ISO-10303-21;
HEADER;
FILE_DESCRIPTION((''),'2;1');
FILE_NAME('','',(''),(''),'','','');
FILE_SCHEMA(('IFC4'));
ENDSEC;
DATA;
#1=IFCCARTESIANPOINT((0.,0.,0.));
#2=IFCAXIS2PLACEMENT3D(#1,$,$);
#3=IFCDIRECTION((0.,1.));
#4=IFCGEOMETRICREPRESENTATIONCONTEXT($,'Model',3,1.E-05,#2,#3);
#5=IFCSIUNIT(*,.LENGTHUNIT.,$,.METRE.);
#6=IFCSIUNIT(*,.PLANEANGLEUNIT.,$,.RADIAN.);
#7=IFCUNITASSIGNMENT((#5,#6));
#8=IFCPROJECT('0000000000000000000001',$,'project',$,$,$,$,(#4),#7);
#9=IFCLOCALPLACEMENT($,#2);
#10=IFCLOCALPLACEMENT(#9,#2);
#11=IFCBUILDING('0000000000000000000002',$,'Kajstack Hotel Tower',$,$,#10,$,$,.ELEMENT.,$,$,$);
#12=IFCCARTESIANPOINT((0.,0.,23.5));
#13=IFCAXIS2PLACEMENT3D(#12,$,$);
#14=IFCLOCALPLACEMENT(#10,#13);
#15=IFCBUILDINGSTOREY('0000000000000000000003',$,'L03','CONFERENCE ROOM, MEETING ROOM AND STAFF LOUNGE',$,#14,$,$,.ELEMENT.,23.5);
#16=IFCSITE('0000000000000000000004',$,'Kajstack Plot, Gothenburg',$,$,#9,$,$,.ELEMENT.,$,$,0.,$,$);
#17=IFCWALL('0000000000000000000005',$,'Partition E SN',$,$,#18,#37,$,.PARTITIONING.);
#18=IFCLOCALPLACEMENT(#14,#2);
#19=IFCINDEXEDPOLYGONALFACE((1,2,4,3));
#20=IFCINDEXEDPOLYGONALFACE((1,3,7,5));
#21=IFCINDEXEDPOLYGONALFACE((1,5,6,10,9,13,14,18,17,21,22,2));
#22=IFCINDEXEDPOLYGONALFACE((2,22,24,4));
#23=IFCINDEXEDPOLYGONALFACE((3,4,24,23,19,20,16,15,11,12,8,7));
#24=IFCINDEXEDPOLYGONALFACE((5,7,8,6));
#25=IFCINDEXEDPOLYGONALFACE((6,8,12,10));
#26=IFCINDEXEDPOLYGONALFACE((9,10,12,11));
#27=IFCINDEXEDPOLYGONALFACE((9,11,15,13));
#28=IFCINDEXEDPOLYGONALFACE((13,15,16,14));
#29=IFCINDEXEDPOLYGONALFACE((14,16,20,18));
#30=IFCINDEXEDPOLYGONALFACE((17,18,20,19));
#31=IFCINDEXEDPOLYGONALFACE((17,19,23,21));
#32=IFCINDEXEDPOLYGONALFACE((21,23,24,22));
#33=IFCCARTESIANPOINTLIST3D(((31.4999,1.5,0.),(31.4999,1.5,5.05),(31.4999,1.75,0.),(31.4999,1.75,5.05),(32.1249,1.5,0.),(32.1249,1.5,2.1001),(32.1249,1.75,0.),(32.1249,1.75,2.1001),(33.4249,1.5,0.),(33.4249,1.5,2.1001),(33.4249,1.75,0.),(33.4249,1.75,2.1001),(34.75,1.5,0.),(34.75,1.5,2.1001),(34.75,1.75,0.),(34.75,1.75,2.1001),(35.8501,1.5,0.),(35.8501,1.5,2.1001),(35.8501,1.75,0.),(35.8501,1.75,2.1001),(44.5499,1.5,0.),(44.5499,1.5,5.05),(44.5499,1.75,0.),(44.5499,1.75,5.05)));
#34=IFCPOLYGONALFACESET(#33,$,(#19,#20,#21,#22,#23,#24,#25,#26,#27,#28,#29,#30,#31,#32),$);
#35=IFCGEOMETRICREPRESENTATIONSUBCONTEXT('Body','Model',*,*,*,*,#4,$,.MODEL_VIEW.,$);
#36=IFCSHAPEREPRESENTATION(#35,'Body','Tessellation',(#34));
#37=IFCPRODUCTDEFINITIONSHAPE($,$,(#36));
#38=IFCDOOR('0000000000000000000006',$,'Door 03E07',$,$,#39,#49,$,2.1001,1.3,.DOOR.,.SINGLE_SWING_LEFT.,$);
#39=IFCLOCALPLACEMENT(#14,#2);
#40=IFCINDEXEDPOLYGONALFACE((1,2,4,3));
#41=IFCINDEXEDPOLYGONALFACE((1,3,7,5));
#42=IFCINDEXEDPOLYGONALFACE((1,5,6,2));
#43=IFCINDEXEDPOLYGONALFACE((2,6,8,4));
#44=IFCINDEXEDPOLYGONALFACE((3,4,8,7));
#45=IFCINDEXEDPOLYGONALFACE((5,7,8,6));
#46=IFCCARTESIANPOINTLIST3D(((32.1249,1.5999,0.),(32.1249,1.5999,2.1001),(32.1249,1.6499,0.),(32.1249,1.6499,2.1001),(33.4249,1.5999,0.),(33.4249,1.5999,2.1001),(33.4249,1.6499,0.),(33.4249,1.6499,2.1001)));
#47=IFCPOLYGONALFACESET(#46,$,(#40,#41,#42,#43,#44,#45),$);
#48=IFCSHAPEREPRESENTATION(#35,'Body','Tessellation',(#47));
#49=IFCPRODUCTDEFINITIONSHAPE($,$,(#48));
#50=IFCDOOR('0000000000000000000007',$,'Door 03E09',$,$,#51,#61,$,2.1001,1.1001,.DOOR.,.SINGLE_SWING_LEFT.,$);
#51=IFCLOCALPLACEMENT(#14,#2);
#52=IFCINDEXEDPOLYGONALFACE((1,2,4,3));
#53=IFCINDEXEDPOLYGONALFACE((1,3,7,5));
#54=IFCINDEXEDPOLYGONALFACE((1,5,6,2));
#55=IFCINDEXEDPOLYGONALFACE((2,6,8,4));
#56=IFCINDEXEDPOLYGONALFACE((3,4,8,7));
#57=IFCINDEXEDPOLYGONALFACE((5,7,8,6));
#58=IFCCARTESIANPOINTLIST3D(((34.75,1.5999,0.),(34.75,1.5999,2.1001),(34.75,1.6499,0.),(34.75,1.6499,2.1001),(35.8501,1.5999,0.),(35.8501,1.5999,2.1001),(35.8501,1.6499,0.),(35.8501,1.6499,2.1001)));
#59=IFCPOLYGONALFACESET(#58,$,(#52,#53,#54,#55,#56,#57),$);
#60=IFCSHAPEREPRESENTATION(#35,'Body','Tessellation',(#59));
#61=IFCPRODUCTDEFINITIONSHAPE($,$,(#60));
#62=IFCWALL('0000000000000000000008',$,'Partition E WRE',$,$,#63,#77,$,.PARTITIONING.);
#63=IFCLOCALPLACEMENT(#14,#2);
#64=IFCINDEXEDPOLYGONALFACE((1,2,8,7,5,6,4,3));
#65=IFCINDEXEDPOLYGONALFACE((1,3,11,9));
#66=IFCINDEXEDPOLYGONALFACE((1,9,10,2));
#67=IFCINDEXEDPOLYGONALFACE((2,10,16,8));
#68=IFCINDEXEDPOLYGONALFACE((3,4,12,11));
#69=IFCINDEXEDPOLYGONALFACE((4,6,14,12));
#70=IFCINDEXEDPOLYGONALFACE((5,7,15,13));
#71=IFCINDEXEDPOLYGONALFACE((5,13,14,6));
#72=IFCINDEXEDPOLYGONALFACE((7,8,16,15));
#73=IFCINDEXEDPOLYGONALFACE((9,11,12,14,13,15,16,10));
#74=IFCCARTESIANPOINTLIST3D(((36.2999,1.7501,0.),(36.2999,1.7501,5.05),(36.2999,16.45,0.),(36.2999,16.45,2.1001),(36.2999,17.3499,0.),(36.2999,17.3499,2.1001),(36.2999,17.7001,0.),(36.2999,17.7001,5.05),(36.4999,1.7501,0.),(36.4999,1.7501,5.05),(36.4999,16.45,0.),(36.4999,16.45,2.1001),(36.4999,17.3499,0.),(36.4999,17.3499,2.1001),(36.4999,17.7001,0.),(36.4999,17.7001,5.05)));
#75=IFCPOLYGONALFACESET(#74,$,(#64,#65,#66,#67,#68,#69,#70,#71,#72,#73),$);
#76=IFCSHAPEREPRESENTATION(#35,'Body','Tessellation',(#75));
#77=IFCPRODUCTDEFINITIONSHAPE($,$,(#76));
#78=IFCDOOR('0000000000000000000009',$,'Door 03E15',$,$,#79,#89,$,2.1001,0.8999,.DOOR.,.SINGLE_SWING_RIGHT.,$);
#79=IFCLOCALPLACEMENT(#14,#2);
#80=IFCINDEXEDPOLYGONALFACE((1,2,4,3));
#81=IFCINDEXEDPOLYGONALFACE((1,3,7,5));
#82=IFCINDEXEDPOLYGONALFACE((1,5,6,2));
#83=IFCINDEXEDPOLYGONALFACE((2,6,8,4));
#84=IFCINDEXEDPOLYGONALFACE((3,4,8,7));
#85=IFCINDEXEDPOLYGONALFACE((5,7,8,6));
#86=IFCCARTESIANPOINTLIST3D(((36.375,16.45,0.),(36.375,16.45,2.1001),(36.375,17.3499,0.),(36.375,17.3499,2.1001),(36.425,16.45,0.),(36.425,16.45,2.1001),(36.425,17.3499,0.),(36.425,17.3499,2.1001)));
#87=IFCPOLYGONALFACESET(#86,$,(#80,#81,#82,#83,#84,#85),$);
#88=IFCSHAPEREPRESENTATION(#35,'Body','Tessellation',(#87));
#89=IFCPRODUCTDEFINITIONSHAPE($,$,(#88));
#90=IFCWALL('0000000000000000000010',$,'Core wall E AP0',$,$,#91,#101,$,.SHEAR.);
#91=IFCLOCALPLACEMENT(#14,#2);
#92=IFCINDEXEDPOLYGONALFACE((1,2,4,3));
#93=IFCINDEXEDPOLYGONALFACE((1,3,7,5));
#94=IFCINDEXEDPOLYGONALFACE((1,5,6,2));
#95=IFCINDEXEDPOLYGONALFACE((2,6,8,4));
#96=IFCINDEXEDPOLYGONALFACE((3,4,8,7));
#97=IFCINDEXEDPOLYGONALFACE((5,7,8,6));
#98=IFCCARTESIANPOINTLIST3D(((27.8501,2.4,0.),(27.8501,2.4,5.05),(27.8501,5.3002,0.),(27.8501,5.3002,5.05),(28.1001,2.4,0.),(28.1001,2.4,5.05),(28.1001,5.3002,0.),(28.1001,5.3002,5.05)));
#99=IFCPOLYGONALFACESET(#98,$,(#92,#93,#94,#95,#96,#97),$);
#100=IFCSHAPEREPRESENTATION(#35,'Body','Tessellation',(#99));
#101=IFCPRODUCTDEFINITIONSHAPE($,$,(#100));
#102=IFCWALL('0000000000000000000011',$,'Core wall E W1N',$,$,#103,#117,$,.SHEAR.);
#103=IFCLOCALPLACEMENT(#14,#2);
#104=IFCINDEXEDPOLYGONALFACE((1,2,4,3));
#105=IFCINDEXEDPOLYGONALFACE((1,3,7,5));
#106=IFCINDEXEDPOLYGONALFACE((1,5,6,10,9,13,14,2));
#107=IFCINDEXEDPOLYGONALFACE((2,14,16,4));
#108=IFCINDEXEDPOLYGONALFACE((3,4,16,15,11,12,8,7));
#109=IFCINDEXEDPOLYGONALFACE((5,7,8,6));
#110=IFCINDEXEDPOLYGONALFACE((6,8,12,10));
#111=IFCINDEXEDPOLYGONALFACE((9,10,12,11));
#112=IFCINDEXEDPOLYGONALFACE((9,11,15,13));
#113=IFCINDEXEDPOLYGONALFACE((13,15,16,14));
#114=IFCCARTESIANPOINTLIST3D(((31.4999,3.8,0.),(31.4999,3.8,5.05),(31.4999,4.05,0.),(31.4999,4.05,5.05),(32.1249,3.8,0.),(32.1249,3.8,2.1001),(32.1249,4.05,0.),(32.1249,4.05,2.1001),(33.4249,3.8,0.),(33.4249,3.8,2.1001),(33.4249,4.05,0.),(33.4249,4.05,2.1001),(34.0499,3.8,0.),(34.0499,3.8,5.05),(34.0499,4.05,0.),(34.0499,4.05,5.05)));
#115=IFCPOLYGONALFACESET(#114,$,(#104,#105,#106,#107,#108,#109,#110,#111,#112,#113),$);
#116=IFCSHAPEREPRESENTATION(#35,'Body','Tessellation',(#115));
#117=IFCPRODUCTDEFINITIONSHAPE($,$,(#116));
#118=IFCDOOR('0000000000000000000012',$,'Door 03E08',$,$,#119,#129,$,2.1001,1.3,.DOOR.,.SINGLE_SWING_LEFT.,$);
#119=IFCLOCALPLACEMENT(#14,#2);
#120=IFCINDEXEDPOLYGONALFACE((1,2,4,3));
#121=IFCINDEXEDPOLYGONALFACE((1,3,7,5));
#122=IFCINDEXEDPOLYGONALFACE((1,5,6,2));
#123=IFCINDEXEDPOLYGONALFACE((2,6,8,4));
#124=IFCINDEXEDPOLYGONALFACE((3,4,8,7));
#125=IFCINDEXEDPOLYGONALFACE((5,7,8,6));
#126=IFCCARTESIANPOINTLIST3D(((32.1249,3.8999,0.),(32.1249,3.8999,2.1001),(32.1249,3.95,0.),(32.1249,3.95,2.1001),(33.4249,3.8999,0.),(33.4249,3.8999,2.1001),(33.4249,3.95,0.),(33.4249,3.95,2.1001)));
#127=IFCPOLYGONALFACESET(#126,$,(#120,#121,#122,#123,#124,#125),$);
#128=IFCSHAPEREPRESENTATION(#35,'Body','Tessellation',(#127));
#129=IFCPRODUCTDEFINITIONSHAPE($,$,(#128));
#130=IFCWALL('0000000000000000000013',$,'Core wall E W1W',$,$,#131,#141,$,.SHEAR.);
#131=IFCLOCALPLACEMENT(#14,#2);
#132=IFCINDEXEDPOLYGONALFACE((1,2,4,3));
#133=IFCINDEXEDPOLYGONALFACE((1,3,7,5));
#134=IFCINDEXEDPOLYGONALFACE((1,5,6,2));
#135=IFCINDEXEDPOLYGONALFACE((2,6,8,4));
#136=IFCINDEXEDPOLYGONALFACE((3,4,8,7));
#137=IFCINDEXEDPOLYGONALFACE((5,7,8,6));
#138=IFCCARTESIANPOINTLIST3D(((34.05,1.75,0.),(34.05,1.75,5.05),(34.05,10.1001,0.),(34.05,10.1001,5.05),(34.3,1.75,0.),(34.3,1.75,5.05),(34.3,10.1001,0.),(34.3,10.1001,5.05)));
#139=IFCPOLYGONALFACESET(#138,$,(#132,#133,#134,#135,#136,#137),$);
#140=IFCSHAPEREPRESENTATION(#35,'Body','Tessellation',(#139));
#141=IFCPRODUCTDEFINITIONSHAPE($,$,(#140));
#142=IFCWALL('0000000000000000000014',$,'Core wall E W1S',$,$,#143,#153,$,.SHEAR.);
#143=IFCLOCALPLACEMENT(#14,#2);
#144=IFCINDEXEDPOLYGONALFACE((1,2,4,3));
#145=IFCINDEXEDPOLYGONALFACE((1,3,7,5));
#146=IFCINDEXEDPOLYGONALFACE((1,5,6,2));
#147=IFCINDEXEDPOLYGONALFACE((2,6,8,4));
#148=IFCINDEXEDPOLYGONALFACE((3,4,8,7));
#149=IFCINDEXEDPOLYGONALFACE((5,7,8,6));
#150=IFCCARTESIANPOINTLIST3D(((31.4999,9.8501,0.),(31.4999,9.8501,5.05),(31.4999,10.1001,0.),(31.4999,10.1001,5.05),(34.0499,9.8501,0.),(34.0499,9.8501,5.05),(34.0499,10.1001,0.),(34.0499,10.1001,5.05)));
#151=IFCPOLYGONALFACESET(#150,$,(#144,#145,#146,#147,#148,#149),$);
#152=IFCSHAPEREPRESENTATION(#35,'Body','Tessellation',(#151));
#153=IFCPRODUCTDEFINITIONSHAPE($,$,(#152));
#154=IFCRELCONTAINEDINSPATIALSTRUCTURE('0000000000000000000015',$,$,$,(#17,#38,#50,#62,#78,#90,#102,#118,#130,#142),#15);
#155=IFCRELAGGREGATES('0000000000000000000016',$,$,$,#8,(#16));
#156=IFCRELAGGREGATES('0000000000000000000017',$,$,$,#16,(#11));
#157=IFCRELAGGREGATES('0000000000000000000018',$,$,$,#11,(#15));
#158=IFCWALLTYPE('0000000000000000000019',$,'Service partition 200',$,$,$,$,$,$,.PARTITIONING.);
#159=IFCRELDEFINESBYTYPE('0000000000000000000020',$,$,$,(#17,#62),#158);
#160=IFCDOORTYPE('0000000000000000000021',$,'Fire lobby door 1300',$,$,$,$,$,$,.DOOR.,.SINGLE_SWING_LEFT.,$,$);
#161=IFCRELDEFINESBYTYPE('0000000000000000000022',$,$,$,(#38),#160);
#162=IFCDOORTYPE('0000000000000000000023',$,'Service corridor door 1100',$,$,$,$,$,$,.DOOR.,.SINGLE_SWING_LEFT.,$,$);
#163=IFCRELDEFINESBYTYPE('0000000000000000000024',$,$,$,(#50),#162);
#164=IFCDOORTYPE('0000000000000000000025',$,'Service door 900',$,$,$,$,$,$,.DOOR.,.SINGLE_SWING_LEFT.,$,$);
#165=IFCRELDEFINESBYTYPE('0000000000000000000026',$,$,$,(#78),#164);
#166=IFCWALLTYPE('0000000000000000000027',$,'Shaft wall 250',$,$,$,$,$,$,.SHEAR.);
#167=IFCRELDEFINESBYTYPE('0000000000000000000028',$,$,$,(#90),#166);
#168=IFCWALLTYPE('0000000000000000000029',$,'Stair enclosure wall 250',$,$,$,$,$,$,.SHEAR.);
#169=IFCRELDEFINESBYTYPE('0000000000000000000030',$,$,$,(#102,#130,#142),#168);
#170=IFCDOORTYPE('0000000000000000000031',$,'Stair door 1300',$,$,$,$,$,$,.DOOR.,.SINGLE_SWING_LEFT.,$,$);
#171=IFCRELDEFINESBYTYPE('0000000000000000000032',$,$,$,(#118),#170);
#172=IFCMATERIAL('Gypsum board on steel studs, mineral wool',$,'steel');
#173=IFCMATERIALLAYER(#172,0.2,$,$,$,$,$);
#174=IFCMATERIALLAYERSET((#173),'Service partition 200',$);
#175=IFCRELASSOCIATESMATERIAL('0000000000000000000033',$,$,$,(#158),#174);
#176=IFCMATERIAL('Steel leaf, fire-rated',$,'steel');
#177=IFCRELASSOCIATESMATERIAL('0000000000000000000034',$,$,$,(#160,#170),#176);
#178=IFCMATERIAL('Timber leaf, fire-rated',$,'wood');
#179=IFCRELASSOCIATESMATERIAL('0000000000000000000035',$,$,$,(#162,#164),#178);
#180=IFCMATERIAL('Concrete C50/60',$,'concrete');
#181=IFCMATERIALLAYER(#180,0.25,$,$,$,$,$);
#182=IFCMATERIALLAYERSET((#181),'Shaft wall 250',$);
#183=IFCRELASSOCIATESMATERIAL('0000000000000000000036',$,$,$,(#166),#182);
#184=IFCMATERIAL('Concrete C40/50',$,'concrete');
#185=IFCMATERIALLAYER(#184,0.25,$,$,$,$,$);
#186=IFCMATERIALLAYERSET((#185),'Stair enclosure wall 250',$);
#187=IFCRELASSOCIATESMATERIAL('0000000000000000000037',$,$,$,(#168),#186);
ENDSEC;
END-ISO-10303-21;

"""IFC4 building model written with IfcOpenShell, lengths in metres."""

from ifc_helpers import new_model, si_unit, direction, frame, frame_2d, origin, place, context, subcontext, project, spatial, rectangle, extrude, material, layer, layer_set, type_object, element, fill, save


model = new_model("IFC4")

# Units and contexts
model_context = context("Model", 3, precision=1e-05, world=origin(), true_north=direction((0.0, 1.0)))
body_context = subcontext(model_context, "Body", "Model", "MODEL_VIEW")
ifc_project = project(units=[si_unit("LENGTHUNIT", "METRE"), si_unit("PLANEANGLEUNIT", "RADIAN")], contexts=[model_context])

# Site, building, storey
site_placement = place(None, origin())
site = spatial("IfcSite", under=ifc_project, at=site_placement, Name="Kajstack Plot, Gothenburg", CompositionType="ELEMENT", RefElevation=0.0)
building_placement = place(site_placement, origin())
building = spatial("IfcBuilding", under=site, at=building_placement, Name="Kajstack Hotel Tower", CompositionType="ELEMENT")
storey_placement = place(building_placement, frame((0.0, 0.0, 23.5)))
storey = spatial("IfcBuildingStorey", under=building, at=storey_placement, Name="L03", Description="CONFERENCE ROOM, MEETING ROOM AND STAFF LOUNGE", CompositionType="ELEMENT", Elevation=23.5)

# Shared definitions
ifc_material_1 = material(Name="Concrete C50/60", Category="concrete")

# Shared definitions
ifc_material_2 = material(Name="Concrete C40/50", Category="concrete")

# Wall, openings, doors
ifc_material_3 = material(Name="Gypsum board on steel studs, mineral wool", Category="steel")
ifc_layer_1 = layer(ifc_material_3, 0.2)
ifc_layer_set_1 = layer_set([ifc_layer_1], Name="Service partition 200")
wall_type_1 = type_object("IfcWallType", Name="Service partition 200", PredefinedType="PARTITIONING", material=ifc_layer_set_1)
wall_1_placement = place(storey_placement, frame((31.5, 1.625, 0.0), z_axis=(0.0, 0.0, 1.0), x_axis=(1.0, 0.0, 0.0)))
wall_1 = element("IfcWall", 1, at=wall_1_placement, inside=storey, type_object=wall_type_1, Name="Partition E SN", PredefinedType="PARTITIONING", context=body_context, shape_type="SweptSolid", body=[
    extrude(rectangle(XDim=13.05, YDim=0.25, at=frame_2d((6.5249, 0.0))), origin(), (0.0, 0.0, 1.0), 5.05),
])
opening_1_placement = place(wall_1_placement, frame((0.625, 0.0, 0.0)))
opening_1 = element("IfcOpeningElement", 2, at=opening_1_placement, cuts=wall_1, PredefinedType="OPENING", context=body_context, shape_type="SweptSolid", body=[
    extrude(rectangle(XDim=1.3, YDim=2.1001, at=frame_2d((0.6499, 1.05))), frame((0.0, 0.135, 0.0), z_axis=(0.0, -1.0, 0.0), x_axis=(1.0, 0.0, 0.0)), (0.0, 0.0, 1.0), 0.27),
])
opening_2_placement = place(wall_1_placement, frame((3.25, 0.0, 0.0)))
opening_2 = element("IfcOpeningElement", 3, at=opening_2_placement, cuts=wall_1, PredefinedType="OPENING", context=body_context, shape_type="SweptSolid", body=[
    extrude(rectangle(XDim=1.1001, YDim=2.1001, at=frame_2d((0.55, 1.05))), frame((0.0, 0.135, 0.0), z_axis=(0.0, -1.0, 0.0), x_axis=(1.0, 0.0, 0.0)), (0.0, 0.0, 1.0), 0.27),
])
ifc_material_4 = material(Name="Steel leaf, fire-rated", Category="steel")
door_type_1 = type_object("IfcDoorType", Name="Fire lobby door 1300", OperationType="SINGLE_SWING_LEFT", PredefinedType="DOOR", material=ifc_material_4)
door_1_placement = place(opening_1_placement, origin())
door_1 = element("IfcDoor", 4, at=door_1_placement, inside=storey, type_object=door_type_1, Name="Door 03E07", OperationType="SINGLE_SWING_LEFT", OverallHeight=2.1001, OverallWidth=1.3, PredefinedType="DOOR", context=body_context, shape_type="SweptSolid", body=[
    extrude(rectangle(XDim=1.3, YDim=2.1001, at=frame_2d((0.6499, 1.05))), frame((0.0, 0.0249, 0.0), z_axis=(0.0, -1.0, 0.0), x_axis=(1.0, 0.0, 0.0)), (0.0, 0.0, 1.0), 0.05),
])
fill(opening_1, door_1)
ifc_material_5 = material(Name="Timber leaf, fire-rated", Category="wood")
door_type_2 = type_object("IfcDoorType", Name="Service corridor door 1100", OperationType="SINGLE_SWING_LEFT", PredefinedType="DOOR", material=ifc_material_5)
door_2_placement = place(opening_2_placement, origin())
door_2 = element("IfcDoor", 5, at=door_2_placement, inside=storey, type_object=door_type_2, Name="Door 03E09", OperationType="SINGLE_SWING_LEFT", OverallHeight=2.1001, OverallWidth=1.1001, PredefinedType="DOOR", context=body_context, shape_type="SweptSolid", body=[
    extrude(rectangle(XDim=1.1001, YDim=2.1001, at=frame_2d((0.55, 1.05))), frame((0.0, 0.0249, 0.0), z_axis=(0.0, -1.0, 0.0), x_axis=(1.0, 0.0, 0.0)), (0.0, 0.0, 1.0), 0.05),
])
fill(opening_2, door_2)

# Wall, opening, door
wall_2_placement = place(storey_placement, frame((36.3999, 1.75, 0.0), z_axis=(0.0, 0.0, 1.0), x_axis=(0.0, 1.0, 0.0)))
wall_2 = element("IfcWall", 6, at=wall_2_placement, inside=storey, type_object=wall_type_1, Name="Partition E WRE", PredefinedType="PARTITIONING", context=body_context, shape_type="SweptSolid", body=[
    extrude(rectangle(XDim=15.95, YDim=0.2, at=frame_2d((7.9751, 0.0))), origin(), (0.0, 0.0, 1.0), 5.05),
])
opening_3_placement = place(wall_2_placement, frame((14.7, 0.0, 0.0)))
opening_3 = element("IfcOpeningElement", 7, at=opening_3_placement, cuts=wall_2, PredefinedType="OPENING", context=body_context, shape_type="SweptSolid", body=[
    extrude(rectangle(XDim=0.8999, YDim=2.1001, at=frame_2d((0.45, 1.05))), frame((0.0, 0.1099, 0.0), z_axis=(0.0, -1.0, 0.0), x_axis=(1.0, 0.0, 0.0)), (0.0, 0.0, 1.0), 0.22),
])
door_type_3 = type_object("IfcDoorType", Name="Service door 900", OperationType="SINGLE_SWING_LEFT", PredefinedType="DOOR", material=ifc_material_5)
door_3_placement = place(opening_3_placement, origin())
door_3 = element("IfcDoor", 8, at=door_3_placement, inside=storey, type_object=door_type_3, Name="Door 03E15", OperationType="SINGLE_SWING_RIGHT", OverallHeight=2.1001, OverallWidth=0.8999, PredefinedType="DOOR", context=body_context, shape_type="SweptSolid", body=[
    extrude(rectangle(XDim=0.8999, YDim=2.1001, at=frame_2d((0.45, 1.05))), frame((0.0, 0.0249, 0.0), z_axis=(0.0, -1.0, 0.0), x_axis=(1.0, 0.0, 0.0)), (0.0, 0.0, 1.0), 0.05),
])
fill(opening_3, door_3)

# Wall
ifc_layer_2 = layer(ifc_material_1, 0.25)
ifc_layer_set_2 = layer_set([ifc_layer_2], Name="Shaft wall 250")
wall_type_2 = type_object("IfcWallType", Name="Shaft wall 250", PredefinedType="SHEAR", material=ifc_layer_set_2)
wall_3_placement = place(storey_placement, frame((27.9751, 2.3999, 0.0), z_axis=(0.0, 0.0, 1.0), x_axis=(0.0, 1.0, 0.0)))
element("IfcWall", 9, at=wall_3_placement, inside=storey, type_object=wall_type_2, Name="Core wall E AP0", PredefinedType="SHEAR", context=body_context, shape_type="SweptSolid", body=[
    extrude(rectangle(XDim=2.9001, YDim=0.25, at=frame_2d((1.4502, 0.0))), origin(), (0.0, 0.0, 1.0), 5.05),
])

# Wall, opening, door
ifc_layer_3 = layer(ifc_material_2, 0.25)
ifc_layer_set_3 = layer_set([ifc_layer_3], Name="Stair enclosure wall 250")
wall_type_3 = type_object("IfcWallType", Name="Stair enclosure wall 250", PredefinedType="SHEAR", material=ifc_layer_set_3)
wall_4_placement = place(storey_placement, frame((31.5, 3.925, 0.0), z_axis=(0.0, 0.0, 1.0), x_axis=(1.0, 0.0, 0.0)))
wall_4 = element("IfcWall", 10, at=wall_4_placement, inside=storey, type_object=wall_type_3, Name="Core wall E W1N", PredefinedType="SHEAR", context=body_context, shape_type="SweptSolid", body=[
    extrude(rectangle(XDim=2.55, YDim=0.25, at=frame_2d((1.2749, 0.0))), origin(), (0.0, 0.0, 1.0), 5.05),
])
opening_4_placement = place(wall_4_placement, frame((0.625, 0.0, 0.0)))
opening_4 = element("IfcOpeningElement", 11, at=opening_4_placement, cuts=wall_4, PredefinedType="OPENING", context=body_context, shape_type="SweptSolid", body=[
    extrude(rectangle(XDim=1.3, YDim=2.1001, at=frame_2d((0.6499, 1.05))), frame((0.0, 0.135, 0.0), z_axis=(0.0, -1.0, 0.0), x_axis=(1.0, 0.0, 0.0)), (0.0, 0.0, 1.0), 0.27),
])
door_type_4 = type_object("IfcDoorType", Name="Stair door 1300", OperationType="SINGLE_SWING_LEFT", PredefinedType="DOOR", material=ifc_material_4)
door_4_placement = place(opening_4_placement, origin())
door_4 = element("IfcDoor", 12, at=door_4_placement, inside=storey, type_object=door_type_4, Name="Door 03E08", OperationType="SINGLE_SWING_LEFT", OverallHeight=2.1001, OverallWidth=1.3, PredefinedType="DOOR", context=body_context, shape_type="SweptSolid", body=[
    extrude(rectangle(XDim=1.3, YDim=2.1001, at=frame_2d((0.6499, 1.05))), frame((0.0, 0.0249, 0.0), z_axis=(0.0, -1.0, 0.0), x_axis=(1.0, 0.0, 0.0)), (0.0, 0.0, 1.0), 0.05),
])
fill(opening_4, door_4)

# Walls
wall_5_placement = place(storey_placement, frame((34.175, 1.75, 0.0), z_axis=(0.0, 0.0, 1.0), x_axis=(0.0, 1.0, 0.0)))
element("IfcWall", 13, at=wall_5_placement, inside=storey, type_object=wall_type_3, Name="Core wall E W1W", PredefinedType="SHEAR", context=body_context, shape_type="SweptSolid", body=[
    extrude(rectangle(XDim=8.3501, YDim=0.25, at=frame_2d((4.175, 0.0))), origin(), (0.0, 0.0, 1.0), 5.05),
])
wall_6_placement = place(storey_placement, frame((31.5, 9.9751, 0.0), z_axis=(0.0, 0.0, 1.0), x_axis=(1.0, 0.0, 0.0)))
element("IfcWall", 14, at=wall_6_placement, inside=storey, type_object=wall_type_3, Name="Core wall E W1S", PredefinedType="SHEAR", context=body_context, shape_type="SweptSolid", body=[
    extrude(rectangle(XDim=2.55, YDim=0.25, at=frame_2d((1.2749, 0.0))), origin(), (0.0, 0.0, 1.0), 5.05),
])

save(model, "model.ifc")
